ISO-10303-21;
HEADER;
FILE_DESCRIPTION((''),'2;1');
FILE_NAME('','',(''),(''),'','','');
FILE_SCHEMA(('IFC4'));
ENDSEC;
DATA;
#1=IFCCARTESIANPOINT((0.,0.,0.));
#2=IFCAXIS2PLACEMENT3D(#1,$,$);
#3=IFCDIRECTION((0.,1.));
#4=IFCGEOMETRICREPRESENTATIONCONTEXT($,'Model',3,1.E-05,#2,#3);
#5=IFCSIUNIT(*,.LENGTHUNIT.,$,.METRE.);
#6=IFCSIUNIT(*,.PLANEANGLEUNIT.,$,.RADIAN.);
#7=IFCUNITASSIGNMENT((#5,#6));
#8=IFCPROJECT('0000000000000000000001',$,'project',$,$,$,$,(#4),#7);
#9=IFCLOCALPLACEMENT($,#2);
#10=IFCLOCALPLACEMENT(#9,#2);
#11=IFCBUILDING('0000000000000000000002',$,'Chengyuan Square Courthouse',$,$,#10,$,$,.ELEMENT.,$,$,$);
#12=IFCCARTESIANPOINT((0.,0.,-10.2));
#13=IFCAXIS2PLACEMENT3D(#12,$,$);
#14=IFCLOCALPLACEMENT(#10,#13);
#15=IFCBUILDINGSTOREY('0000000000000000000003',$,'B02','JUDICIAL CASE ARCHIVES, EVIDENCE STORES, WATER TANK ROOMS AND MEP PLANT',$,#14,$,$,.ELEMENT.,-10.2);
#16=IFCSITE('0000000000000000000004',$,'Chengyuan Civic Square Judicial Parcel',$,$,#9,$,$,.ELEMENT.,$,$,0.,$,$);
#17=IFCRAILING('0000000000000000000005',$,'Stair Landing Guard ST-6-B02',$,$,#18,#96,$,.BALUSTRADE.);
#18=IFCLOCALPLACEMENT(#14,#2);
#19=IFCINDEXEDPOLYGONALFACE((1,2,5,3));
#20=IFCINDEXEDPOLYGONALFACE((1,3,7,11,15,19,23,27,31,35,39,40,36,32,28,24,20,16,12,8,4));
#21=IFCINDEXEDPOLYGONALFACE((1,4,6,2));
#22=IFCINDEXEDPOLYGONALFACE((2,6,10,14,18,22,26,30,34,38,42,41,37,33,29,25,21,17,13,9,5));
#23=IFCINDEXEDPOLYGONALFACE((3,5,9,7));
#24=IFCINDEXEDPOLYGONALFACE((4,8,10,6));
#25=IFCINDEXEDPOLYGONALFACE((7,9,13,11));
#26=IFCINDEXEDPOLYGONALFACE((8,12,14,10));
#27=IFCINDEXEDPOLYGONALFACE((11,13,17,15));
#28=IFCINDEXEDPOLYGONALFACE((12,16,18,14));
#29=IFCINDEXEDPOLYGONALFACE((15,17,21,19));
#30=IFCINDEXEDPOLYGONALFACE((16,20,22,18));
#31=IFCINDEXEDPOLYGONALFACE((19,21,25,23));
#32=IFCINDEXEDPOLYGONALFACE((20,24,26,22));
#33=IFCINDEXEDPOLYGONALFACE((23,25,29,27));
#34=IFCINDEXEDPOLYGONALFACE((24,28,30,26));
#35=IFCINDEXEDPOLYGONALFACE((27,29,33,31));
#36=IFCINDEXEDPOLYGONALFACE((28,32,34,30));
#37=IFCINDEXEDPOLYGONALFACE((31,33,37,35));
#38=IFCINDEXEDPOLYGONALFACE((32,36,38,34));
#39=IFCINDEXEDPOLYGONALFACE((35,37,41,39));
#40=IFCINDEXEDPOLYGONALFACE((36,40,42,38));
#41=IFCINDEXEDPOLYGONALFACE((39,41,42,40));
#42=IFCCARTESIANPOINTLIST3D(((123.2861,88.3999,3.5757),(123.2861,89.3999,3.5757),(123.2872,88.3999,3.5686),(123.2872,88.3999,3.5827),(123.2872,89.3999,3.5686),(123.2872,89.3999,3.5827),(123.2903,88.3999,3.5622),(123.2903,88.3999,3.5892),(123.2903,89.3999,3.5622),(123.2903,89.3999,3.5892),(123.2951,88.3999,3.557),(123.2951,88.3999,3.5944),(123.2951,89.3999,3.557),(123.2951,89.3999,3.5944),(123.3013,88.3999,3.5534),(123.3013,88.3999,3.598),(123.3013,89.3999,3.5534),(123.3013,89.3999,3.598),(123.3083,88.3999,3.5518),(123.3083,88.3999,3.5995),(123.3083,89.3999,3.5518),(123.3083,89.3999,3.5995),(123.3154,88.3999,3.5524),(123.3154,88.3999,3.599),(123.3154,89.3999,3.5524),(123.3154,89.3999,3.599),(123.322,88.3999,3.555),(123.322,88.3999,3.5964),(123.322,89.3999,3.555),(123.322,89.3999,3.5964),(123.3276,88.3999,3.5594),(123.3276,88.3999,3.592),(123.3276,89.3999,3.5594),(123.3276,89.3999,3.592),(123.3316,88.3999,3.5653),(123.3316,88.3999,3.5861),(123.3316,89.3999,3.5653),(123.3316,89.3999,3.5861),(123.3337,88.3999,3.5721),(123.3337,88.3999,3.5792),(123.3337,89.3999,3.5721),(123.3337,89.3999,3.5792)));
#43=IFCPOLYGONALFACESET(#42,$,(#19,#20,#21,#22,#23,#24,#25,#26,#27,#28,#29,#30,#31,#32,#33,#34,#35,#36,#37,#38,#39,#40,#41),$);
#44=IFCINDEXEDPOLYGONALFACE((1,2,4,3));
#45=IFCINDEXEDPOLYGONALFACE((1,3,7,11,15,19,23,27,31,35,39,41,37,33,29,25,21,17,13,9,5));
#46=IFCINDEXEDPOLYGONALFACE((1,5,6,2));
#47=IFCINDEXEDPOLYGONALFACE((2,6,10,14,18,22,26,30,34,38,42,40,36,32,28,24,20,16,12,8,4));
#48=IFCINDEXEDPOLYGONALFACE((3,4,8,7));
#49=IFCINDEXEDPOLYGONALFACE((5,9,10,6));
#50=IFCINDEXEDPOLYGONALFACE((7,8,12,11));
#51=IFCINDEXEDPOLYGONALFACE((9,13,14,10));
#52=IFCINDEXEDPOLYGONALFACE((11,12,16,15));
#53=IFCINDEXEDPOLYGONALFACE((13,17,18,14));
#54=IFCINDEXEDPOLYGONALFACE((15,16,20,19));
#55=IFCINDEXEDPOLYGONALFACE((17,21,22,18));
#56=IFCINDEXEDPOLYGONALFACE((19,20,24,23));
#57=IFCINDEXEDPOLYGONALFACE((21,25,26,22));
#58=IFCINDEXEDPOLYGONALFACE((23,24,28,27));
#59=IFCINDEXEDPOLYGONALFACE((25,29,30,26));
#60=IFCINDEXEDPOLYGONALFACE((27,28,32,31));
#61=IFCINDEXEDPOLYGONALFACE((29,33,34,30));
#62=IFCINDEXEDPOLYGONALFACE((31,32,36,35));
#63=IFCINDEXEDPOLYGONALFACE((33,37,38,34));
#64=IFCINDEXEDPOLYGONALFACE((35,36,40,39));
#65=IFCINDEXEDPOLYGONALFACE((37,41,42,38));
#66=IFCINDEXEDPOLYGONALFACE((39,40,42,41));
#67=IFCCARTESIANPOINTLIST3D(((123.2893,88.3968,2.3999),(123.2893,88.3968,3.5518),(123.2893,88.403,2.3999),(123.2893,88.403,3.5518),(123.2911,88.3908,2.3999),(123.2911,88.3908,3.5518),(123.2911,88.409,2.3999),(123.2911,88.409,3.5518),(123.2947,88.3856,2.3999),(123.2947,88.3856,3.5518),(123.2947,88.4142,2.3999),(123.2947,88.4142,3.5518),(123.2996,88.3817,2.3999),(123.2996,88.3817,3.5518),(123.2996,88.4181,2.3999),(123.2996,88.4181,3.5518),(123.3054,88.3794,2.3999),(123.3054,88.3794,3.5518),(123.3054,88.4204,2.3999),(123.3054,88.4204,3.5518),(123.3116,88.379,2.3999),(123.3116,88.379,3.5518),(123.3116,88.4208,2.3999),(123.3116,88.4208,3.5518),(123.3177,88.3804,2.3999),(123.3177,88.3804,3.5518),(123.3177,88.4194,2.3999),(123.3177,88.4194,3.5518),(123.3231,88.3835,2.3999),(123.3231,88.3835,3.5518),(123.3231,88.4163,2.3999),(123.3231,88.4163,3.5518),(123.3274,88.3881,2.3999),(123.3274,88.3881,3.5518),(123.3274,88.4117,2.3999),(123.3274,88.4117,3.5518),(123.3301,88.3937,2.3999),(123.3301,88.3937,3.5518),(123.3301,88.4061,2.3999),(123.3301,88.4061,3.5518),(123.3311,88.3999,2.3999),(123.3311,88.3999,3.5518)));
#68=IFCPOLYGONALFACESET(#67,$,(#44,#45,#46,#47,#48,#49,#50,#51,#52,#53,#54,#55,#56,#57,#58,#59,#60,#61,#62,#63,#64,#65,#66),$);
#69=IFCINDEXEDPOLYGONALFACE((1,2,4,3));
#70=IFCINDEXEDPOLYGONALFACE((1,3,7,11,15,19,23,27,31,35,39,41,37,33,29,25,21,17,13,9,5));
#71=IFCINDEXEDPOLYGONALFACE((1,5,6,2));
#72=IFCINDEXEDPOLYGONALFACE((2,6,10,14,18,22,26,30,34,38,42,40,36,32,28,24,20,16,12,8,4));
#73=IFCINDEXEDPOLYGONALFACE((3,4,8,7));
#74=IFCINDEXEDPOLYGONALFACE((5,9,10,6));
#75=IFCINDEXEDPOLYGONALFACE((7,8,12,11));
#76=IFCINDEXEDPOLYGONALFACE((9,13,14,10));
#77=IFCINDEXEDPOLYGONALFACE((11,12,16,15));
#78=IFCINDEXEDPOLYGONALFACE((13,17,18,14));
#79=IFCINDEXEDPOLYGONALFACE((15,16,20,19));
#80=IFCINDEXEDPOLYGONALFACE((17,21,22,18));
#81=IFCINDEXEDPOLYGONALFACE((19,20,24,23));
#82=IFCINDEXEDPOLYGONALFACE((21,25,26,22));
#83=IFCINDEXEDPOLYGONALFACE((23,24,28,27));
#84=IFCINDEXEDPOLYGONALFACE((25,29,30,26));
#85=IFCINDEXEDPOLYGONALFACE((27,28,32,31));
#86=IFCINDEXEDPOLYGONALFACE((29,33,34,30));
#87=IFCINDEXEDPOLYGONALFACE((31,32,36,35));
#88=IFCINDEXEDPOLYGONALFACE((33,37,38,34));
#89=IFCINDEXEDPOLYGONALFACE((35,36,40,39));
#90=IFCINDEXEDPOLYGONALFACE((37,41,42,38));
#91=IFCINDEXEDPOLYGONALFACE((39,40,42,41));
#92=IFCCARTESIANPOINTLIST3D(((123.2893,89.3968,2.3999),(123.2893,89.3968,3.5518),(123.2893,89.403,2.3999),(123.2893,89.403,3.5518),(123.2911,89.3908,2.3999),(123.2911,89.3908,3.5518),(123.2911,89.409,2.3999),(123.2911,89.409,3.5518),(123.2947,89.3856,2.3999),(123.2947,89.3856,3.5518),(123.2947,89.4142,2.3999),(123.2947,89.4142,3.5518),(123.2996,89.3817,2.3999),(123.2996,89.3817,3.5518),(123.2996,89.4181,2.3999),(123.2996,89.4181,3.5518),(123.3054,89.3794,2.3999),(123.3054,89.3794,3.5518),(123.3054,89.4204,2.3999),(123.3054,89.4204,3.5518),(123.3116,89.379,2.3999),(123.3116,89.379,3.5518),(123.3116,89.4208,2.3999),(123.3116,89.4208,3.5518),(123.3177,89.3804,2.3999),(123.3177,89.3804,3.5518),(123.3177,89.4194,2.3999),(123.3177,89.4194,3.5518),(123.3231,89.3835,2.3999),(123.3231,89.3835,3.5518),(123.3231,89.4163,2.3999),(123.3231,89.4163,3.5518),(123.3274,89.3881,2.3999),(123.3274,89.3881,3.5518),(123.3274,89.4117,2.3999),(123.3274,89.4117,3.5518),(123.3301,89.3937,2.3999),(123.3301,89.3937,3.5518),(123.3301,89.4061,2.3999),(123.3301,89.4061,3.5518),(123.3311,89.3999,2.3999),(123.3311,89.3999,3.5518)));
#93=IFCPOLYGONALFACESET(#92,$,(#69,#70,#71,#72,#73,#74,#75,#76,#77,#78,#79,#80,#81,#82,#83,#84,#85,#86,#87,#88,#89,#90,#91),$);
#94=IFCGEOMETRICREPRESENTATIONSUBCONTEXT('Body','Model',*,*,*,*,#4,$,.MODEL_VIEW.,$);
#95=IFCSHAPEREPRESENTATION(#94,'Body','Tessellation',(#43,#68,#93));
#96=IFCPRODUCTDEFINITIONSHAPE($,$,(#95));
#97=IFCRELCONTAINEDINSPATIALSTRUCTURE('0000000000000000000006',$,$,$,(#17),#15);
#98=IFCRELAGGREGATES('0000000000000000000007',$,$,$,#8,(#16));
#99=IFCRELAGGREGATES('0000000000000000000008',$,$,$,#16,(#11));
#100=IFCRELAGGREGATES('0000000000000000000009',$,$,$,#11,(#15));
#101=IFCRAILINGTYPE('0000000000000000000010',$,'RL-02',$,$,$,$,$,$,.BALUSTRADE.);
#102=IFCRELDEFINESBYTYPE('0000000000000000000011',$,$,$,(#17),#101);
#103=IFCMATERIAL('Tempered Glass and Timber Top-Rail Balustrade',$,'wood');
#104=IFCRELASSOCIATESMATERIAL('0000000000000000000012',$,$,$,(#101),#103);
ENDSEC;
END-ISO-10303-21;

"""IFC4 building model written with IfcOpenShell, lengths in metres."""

from ifc_helpers import new_model, si_unit, direction, frame, origin, origin_2d, place, context, subcontext, project, spatial, circle, extrude, material, type_object, element, save


model = new_model("IFC4")

# Units and contexts
model_context = context("Model", 3, precision=1e-05, world=origin(), true_north=direction((0.0, 1.0)))
body_context = subcontext(model_context, "Body", "Model", "MODEL_VIEW")
ifc_project = project(units=[si_unit("LENGTHUNIT", "METRE"), si_unit("PLANEANGLEUNIT", "RADIAN")], contexts=[model_context])

# Site, building, storey
site_placement = place(None, origin())
site = spatial("IfcSite", under=ifc_project, at=site_placement, Name="Chengyuan Civic Square Judicial Parcel", CompositionType="ELEMENT", RefElevation=0.0)
building_placement = place(site_placement, origin())
building = spatial("IfcBuilding", under=site, at=building_placement, Name="Chengyuan Square Courthouse", CompositionType="ELEMENT")
storey_placement = place(building_placement, frame((0.0, 0.0, -10.2)))
storey = spatial("IfcBuildingStorey", under=building, at=storey_placement, Name="B02", Description="JUDICIAL CASE ARCHIVES, EVIDENCE STORES, WATER TANK ROOMS AND MEP PLANT", CompositionType="ELEMENT", Elevation=-10.2)

# Railing
ifc_material_1 = material(Name="Tempered Glass and Timber Top-Rail Balustrade", Category="wood")
railing_type_1 = type_object("IfcRailingType", Name="RL-02", PredefinedType="BALUSTRADE", material=ifc_material_1)
railing_1_placement = place(storey_placement, frame((123.3101, 88.3999, 2.3999)))
element("IfcRailing", 1, at=railing_1_placement, inside=storey, type_object=railing_type_1, Name="Stair Landing Guard ST-6-B02", PredefinedType="BALUSTRADE", context=body_context, shape_type="SweptSolid", body=[
    extrude(circle(Radius=0.0239, at=origin_2d()), frame((0.0, 0.0, 1.1758), z_axis=(0.0, 1.0, 0.0), x_axis=(-1.0, 0.0, 0.0)), (0.0, 0.0, 1.0), 1.0),
    extrude(circle(Radius=0.021, at=origin_2d()), origin(), (0.0, 0.0, 1.0), 1.1519),
    extrude(circle(Radius=0.021, at=origin_2d()), frame((0.0, 1.0, 0.0)), (0.0, 0.0, 1.0), 1.1519),
])

save(model, "model.ifc")
